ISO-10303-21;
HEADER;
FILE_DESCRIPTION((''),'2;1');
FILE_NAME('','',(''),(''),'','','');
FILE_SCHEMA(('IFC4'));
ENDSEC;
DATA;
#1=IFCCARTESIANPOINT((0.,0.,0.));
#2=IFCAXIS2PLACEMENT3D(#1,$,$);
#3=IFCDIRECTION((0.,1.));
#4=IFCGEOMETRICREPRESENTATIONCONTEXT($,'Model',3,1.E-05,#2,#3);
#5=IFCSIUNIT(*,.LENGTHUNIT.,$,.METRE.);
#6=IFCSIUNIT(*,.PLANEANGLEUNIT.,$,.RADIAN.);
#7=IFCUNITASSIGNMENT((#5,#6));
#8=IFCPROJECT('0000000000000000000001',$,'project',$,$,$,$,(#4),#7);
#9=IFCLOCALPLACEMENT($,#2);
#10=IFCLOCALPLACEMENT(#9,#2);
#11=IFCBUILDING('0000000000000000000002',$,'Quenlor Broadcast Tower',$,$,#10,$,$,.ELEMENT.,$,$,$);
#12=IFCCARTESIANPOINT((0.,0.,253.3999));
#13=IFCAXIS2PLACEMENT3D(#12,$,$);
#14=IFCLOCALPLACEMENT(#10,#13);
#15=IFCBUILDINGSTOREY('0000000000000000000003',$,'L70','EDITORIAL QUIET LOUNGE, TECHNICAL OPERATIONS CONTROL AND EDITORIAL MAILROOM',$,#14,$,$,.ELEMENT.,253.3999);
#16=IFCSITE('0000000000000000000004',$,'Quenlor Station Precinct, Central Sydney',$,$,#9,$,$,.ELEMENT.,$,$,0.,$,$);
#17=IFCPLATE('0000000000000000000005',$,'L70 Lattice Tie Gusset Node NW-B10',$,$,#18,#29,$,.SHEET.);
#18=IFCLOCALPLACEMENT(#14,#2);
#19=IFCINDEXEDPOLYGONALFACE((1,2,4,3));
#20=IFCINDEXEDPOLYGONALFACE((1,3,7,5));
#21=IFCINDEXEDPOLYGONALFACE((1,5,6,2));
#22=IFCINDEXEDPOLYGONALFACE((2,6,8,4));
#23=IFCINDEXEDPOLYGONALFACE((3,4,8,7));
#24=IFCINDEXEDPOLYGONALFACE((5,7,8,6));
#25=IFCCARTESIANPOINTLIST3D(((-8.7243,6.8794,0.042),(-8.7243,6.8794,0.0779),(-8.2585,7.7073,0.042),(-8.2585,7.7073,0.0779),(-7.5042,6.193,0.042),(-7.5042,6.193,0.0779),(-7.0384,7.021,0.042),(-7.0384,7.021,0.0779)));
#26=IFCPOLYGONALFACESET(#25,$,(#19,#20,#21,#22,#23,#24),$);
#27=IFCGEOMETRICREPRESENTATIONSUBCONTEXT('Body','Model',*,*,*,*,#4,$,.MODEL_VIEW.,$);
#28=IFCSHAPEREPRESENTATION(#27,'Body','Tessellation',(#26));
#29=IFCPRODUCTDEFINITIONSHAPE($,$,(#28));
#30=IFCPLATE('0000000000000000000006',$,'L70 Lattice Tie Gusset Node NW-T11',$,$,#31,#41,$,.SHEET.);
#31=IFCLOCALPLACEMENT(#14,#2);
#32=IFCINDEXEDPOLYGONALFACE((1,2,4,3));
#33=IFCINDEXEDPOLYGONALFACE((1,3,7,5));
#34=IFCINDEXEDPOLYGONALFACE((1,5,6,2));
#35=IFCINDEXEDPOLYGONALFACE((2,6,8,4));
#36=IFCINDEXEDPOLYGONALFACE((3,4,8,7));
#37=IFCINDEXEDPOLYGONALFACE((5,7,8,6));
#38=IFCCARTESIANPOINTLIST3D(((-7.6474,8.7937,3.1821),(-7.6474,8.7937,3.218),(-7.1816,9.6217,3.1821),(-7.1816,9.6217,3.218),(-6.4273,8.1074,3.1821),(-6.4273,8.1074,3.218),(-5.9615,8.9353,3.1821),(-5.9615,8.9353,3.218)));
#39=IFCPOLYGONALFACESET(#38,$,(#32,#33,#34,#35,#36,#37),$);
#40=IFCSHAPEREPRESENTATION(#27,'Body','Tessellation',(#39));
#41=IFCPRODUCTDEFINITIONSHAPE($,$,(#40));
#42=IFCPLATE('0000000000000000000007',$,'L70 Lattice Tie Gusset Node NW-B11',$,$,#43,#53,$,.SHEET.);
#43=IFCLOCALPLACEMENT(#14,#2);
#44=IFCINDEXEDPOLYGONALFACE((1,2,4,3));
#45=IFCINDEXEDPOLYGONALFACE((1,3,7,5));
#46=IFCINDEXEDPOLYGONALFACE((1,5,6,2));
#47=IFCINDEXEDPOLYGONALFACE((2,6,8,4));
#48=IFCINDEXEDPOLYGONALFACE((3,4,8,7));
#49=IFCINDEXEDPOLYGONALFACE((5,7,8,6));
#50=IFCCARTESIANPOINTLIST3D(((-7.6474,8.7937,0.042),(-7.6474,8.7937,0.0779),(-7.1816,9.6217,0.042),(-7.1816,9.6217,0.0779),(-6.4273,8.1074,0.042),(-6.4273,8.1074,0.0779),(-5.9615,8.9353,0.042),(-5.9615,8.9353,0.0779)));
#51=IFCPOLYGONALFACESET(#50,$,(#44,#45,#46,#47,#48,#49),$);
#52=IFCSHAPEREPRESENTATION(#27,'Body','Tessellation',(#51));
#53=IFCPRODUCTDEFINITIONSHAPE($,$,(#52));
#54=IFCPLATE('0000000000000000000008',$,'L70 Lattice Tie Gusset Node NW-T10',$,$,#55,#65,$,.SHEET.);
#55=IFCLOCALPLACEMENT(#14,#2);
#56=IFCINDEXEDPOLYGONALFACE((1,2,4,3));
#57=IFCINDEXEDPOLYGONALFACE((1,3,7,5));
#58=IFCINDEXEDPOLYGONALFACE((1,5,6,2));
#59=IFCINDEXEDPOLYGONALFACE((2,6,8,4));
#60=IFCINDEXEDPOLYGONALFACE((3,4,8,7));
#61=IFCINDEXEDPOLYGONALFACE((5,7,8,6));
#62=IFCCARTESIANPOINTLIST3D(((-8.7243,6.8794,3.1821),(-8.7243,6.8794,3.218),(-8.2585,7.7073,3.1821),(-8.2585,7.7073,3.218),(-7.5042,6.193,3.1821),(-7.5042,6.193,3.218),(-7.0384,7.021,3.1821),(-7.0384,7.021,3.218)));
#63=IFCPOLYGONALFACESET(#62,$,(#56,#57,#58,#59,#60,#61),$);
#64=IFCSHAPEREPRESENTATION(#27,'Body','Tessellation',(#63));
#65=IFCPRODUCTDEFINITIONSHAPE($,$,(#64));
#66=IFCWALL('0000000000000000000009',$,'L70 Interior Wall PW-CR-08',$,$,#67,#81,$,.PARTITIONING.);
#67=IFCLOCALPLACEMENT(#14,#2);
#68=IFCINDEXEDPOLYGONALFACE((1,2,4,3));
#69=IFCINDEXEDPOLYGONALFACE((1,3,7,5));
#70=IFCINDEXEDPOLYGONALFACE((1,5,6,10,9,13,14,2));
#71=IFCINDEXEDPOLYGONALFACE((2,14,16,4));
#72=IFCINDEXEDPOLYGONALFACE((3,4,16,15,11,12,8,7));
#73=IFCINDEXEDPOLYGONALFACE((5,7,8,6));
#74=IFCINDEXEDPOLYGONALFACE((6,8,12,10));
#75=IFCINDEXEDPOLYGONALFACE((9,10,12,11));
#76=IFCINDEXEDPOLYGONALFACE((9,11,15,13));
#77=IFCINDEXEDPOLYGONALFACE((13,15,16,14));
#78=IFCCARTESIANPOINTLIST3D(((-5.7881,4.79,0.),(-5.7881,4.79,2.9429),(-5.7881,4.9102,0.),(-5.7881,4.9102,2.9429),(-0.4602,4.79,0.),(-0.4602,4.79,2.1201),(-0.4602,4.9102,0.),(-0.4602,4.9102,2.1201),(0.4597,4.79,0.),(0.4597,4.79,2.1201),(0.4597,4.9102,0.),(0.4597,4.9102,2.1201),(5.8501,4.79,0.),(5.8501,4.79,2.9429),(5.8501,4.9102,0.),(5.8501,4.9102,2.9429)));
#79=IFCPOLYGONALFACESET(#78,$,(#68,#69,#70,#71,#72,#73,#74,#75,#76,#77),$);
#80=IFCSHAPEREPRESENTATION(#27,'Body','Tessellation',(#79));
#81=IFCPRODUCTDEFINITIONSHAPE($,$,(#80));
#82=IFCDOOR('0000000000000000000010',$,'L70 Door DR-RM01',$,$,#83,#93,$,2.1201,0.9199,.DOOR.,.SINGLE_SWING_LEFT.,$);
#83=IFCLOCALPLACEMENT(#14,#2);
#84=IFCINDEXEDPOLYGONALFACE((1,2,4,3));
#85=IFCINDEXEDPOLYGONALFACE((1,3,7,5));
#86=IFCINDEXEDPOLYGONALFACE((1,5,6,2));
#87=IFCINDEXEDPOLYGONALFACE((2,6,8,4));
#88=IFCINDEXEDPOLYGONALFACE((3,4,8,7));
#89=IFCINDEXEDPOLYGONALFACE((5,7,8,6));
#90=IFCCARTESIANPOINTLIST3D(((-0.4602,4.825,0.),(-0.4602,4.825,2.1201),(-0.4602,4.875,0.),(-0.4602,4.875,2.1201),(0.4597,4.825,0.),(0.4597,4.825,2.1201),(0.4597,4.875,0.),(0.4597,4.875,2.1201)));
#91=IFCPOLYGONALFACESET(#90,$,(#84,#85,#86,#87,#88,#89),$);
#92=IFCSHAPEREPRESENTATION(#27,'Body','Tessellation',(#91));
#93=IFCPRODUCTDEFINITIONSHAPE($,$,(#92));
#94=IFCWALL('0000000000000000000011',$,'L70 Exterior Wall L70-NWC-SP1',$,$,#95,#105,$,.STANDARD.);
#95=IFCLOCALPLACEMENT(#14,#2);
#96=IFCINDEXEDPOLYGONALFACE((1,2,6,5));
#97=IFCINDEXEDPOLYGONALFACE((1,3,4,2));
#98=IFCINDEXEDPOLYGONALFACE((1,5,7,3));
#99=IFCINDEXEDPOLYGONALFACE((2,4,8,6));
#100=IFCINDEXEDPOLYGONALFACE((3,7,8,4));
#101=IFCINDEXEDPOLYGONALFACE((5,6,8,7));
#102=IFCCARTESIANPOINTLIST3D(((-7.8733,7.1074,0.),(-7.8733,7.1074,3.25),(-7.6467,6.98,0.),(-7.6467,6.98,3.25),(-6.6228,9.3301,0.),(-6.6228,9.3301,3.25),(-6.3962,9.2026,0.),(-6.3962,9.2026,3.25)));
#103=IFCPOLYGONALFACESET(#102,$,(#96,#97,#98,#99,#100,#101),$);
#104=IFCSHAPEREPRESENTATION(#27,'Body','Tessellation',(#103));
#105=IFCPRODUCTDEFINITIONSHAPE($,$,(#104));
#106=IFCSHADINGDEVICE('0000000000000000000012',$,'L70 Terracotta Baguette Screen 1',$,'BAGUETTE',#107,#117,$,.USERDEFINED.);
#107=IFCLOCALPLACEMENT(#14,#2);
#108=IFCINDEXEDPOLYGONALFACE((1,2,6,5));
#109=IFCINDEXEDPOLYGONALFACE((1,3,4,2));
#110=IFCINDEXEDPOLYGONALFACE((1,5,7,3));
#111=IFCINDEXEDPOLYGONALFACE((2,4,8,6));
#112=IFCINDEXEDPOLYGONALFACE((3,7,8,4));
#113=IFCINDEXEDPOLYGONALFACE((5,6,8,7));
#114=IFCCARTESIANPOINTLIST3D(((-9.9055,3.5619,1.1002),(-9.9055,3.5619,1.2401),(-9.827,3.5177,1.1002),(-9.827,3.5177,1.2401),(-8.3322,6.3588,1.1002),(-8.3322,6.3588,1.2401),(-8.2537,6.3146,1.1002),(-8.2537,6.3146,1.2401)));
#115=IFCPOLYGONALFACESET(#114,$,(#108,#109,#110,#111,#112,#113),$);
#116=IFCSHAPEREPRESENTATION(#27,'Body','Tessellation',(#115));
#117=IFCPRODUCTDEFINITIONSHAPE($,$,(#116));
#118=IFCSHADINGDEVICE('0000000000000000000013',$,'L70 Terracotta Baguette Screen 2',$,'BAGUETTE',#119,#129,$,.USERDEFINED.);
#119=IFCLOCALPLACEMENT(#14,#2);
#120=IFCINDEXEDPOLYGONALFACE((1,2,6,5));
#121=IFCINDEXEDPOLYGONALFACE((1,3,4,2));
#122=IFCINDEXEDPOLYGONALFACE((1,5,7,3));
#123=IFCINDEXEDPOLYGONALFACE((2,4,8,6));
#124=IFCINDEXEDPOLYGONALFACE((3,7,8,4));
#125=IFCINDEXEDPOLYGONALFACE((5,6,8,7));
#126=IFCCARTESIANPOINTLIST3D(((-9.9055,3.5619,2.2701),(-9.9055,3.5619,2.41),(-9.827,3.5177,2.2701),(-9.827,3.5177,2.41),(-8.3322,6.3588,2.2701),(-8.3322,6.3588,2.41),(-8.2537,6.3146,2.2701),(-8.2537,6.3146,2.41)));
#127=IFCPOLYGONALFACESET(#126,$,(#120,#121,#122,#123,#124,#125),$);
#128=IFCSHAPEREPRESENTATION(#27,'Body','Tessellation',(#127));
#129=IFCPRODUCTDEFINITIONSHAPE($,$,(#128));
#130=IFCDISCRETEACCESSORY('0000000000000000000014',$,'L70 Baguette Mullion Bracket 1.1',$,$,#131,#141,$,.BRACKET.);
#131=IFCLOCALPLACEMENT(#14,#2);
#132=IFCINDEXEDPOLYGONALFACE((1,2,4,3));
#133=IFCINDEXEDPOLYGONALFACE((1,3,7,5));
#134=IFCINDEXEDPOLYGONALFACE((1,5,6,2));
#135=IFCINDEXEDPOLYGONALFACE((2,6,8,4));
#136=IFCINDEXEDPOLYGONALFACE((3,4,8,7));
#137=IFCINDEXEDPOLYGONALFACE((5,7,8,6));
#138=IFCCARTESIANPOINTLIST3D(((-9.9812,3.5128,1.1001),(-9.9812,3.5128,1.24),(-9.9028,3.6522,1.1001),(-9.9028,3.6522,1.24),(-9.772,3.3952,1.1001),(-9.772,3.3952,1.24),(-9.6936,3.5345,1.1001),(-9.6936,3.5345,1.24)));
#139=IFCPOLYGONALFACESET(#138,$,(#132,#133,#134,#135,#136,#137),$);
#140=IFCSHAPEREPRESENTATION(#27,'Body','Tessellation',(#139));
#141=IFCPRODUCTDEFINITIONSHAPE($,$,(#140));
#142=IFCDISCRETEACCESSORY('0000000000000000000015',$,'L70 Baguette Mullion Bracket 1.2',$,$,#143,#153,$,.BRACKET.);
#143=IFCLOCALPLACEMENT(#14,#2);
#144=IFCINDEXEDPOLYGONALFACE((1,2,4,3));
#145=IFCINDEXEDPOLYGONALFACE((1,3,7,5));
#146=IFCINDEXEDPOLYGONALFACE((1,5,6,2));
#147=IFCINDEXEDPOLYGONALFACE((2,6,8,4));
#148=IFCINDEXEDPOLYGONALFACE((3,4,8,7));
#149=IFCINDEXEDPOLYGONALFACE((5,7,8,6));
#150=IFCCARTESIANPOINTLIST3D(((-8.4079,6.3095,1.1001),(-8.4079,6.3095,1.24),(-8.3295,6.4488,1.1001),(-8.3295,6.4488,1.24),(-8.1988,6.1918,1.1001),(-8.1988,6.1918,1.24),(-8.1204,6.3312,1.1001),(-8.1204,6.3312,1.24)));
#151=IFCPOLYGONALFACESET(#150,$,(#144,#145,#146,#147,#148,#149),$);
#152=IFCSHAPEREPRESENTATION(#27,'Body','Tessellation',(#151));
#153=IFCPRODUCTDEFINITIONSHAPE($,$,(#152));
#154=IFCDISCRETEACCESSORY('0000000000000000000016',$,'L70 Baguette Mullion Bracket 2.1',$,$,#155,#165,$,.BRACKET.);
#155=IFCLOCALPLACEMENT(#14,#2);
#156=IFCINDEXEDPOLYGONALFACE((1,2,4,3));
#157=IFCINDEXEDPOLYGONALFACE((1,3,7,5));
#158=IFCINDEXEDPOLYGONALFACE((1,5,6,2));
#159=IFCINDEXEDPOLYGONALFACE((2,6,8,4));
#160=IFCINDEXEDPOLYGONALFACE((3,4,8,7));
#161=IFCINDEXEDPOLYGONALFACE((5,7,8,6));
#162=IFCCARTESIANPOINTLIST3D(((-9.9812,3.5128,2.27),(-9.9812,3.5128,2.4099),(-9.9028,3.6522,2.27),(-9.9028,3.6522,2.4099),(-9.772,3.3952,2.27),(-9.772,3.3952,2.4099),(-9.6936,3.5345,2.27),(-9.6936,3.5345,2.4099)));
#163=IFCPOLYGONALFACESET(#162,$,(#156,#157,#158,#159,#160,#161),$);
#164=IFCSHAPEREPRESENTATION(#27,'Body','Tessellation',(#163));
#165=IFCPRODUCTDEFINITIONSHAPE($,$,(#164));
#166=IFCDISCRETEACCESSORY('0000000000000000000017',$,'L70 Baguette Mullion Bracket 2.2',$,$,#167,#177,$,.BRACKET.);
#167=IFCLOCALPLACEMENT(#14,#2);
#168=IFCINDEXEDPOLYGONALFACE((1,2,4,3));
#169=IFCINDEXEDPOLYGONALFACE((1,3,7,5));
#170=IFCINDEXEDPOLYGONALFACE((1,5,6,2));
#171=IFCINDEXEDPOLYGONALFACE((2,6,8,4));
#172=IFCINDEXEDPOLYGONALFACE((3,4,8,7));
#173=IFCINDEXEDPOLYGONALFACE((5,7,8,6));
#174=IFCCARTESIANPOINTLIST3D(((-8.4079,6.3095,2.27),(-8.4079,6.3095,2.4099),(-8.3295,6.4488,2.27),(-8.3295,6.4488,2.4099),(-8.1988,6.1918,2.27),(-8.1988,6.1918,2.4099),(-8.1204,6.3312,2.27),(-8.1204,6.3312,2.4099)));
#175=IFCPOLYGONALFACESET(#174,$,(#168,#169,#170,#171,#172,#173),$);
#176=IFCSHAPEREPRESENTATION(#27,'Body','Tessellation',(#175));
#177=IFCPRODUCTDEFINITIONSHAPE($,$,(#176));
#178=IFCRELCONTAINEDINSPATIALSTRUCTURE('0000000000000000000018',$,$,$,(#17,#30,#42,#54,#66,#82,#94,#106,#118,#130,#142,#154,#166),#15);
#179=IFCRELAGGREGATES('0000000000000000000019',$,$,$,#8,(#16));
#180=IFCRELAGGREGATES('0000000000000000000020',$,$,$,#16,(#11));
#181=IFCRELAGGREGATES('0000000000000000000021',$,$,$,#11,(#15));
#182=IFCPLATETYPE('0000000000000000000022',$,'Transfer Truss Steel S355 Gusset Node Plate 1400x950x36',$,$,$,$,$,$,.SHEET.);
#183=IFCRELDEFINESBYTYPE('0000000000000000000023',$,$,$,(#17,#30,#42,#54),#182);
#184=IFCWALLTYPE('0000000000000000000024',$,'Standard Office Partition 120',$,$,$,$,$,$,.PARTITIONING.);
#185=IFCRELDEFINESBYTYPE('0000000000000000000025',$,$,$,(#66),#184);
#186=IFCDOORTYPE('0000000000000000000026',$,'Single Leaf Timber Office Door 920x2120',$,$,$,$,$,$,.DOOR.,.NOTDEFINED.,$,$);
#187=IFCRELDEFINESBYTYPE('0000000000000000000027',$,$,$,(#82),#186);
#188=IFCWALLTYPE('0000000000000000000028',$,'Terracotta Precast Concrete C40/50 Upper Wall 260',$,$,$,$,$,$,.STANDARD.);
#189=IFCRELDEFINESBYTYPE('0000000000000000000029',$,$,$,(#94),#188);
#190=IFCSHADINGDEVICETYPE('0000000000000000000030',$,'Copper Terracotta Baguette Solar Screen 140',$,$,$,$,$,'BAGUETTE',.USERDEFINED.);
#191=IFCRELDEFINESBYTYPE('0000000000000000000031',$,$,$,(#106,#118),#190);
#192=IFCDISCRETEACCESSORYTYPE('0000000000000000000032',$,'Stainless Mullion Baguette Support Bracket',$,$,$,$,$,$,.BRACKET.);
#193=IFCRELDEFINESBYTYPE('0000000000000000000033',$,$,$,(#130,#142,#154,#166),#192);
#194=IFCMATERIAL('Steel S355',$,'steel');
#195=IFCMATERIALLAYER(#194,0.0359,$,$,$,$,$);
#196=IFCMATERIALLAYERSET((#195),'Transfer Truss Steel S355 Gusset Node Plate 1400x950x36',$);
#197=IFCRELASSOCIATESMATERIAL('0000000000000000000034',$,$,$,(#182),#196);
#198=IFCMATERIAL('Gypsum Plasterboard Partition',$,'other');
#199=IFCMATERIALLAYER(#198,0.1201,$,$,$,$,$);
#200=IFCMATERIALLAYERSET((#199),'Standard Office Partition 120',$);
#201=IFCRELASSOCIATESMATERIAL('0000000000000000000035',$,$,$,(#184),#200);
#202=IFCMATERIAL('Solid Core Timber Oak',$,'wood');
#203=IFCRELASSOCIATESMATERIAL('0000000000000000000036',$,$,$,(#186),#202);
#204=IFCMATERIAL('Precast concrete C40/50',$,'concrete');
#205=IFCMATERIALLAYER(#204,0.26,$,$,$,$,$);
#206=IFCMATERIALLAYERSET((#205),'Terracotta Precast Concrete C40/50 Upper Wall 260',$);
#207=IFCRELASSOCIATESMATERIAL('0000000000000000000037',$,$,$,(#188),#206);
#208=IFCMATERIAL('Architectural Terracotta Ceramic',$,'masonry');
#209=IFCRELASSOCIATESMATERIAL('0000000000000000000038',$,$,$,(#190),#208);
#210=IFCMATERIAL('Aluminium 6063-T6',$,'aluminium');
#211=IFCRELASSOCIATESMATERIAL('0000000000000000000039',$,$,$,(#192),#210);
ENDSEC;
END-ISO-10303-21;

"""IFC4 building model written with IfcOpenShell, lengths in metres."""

from ifc_helpers import new_model, si_unit, direction, frame, frame_2d, origin, origin_2d, place, context, subcontext, project, spatial, rectangle, extrude, material, layer, layer_set, material_profile, profile_set, type_object, element, fill, save


model = new_model("IFC4")

# Units and contexts
model_context = context("Model", 3, precision=1e-05, world=origin(), true_north=direction((0.0, 1.0)))
body_context = subcontext(model_context, "Body", "Model", "MODEL_VIEW")
ifc_project = project(units=[si_unit("LENGTHUNIT", "METRE"), si_unit("PLANEANGLEUNIT", "RADIAN")], contexts=[model_context])

# Site, building, storey
site_placement = place(None, origin())
site = spatial("IfcSite", under=ifc_project, at=site_placement, Name="Quenlor Station Precinct, Central Sydney", CompositionType="ELEMENT", RefElevation=0.0)
building_placement = place(site_placement, origin())
building = spatial("IfcBuilding", under=site, at=building_placement, Name="Quenlor Broadcast Tower", CompositionType="ELEMENT")
storey_placement = place(building_placement, frame((0.0, 0.0, 253.3999)))
storey = spatial("IfcBuildingStorey", under=building, at=storey_placement, Name="L70", Description="EDITORIAL QUIET LOUNGE, TECHNICAL OPERATIONS CONTROL AND EDITORIAL MAILROOM", CompositionType="ELEMENT", Elevation=253.3999)

# Plates
ifc_material_1 = material(Name="Steel S355", Category="steel")
ifc_layer_1 = layer(ifc_material_1, 0.0359)
ifc_layer_set_1 = layer_set([ifc_layer_1], Name="Transfer Truss Steel S355 Gusset Node Plate 1400x950x36")
plate_type_1 = type_object("IfcPlateType", Name="Transfer Truss Steel S355 Gusset Node Plate 1400x950x36", PredefinedType="SHEET", material=ifc_layer_set_1)
for number, where, z_axis, x_axis, name in (
    (1, (-7.8813, 6.9502, 0.042), (0.0, 0.0, 1.0), (-0.871556, 0.490295, 0.0), "L70 Lattice Tie Gusset Node NW-B10"),
    (2, (-6.8044, 8.8645, 3.1821), (0.0, 0.0, 1.0), (-0.871556, 0.490295, 0.0), "L70 Lattice Tie Gusset Node NW-T11"),
    (3, (-6.8044, 8.8645, 0.042), (0.0, 0.0, 1.0), (-0.871556, 0.490295, 0.0), "L70 Lattice Tie Gusset Node NW-B11"),
    (4, (-7.8813, 6.9502, 3.1821), (0.0, 0.0, 1.0), (-0.871556, 0.490295, 0.0), "L70 Lattice Tie Gusset Node NW-T10"),
):
    element("IfcPlate", number, at=place(storey_placement, frame(where, z_axis=z_axis, x_axis=x_axis)), inside=storey, type_object=plate_type_1, Name=name, PredefinedType="SHEET", context=body_context, shape_type="SweptSolid", body=[
        extrude(rectangle(XDim=1.3999, YDim=0.95, at=origin_2d()), origin(), (0.0, 0.0, 1.0), 0.0359),
    ])

# Wall, opening, door
ifc_material_2 = material(Name="Gypsum Plasterboard Partition", Category="other")
ifc_layer_2 = layer(ifc_material_2, 0.1201)
ifc_layer_set_2 = layer_set([ifc_layer_2], Name="Standard Office Partition 120")
wall_type_1 = type_object("IfcWallType", Name="Standard Office Partition 120", PredefinedType="PARTITIONING", material=ifc_layer_set_2)
wall_1_placement = place(storey_placement, frame((-5.7881, 4.8501, 0.0), z_axis=(0.0, 0.0, 1.0), x_axis=(1.0, 0.0, 0.0)))
wall_1 = element("IfcWall", 5, at=wall_1_placement, inside=storey, type_object=wall_type_1, Name="L70 Interior Wall PW-CR-08", PredefinedType="PARTITIONING", context=body_context, shape_type="SweptSolid", body=[
    extrude(rectangle(XDim=11.6382, YDim=0.1201, at=frame_2d((5.8191, 0.0))), origin(), (0.0, 0.0, 1.0), 2.9429),
])
opening_placement = place(wall_1_placement, frame((5.3279, 0.0, 0.0)))
opening = element("IfcOpeningElement", 6, at=opening_placement, cuts=wall_1, PredefinedType="OPENING", context=body_context, shape_type="SweptSolid", body=[
    extrude(rectangle(XDim=0.9199, YDim=2.1201, at=frame_2d((0.46, 1.0601))), frame((0.0, 0.0701, 0.0), z_axis=(0.0, -1.0, 0.0), x_axis=(1.0, 0.0, 0.0)), (0.0, 0.0, 1.0), 0.1401),
])
ifc_material_3 = material(Name="Solid Core Timber Oak", Category="wood")
door_type = type_object("IfcDoorType", Name="Single Leaf Timber Office Door 920x2120", OperationType="NOTDEFINED", PredefinedType="DOOR", material=ifc_material_3)
door_placement = place(opening_placement, origin())
door = element("IfcDoor", 7, at=door_placement, inside=storey, type_object=door_type, Name="L70 Door DR-RM01", OperationType="SINGLE_SWING_LEFT", OverallHeight=2.1201, OverallWidth=0.9199, PredefinedType="DOOR", context=body_context, shape_type="SweptSolid", body=[
    extrude(rectangle(XDim=0.9199, YDim=2.1201, at=frame_2d((0.46, 1.0601))), frame((0.0, 0.0249, 0.0), z_axis=(0.0, -1.0, 0.0), x_axis=(1.0, 0.0, 0.0)), (0.0, 0.0, 1.0), 0.05),
])
fill(opening, door)

# Wall
ifc_material_4 = material(Name="Precast concrete C40/50", Category="concrete")
ifc_layer_3 = layer(ifc_material_4, 0.26)
ifc_layer_set_3 = layer_set([ifc_layer_3], Name="Terracotta Precast Concrete C40/50 Upper Wall 260")
wall_type_2 = type_object("IfcWallType", Name="Terracotta Precast Concrete C40/50 Upper Wall 260", PredefinedType="STANDARD", material=ifc_layer_set_3)
wall_2_placement = place(storey_placement, frame((-7.76, 7.0437, 0.0), z_axis=(0.0, 0.0, 1.0), x_axis=(0.490334, 0.871535, 0.0)))
element("IfcWall", 8, at=wall_2_placement, inside=storey, type_object=wall_type_2, Name="L70 Exterior Wall L70-NWC-SP1", PredefinedType="STANDARD", context=body_context, shape_type="SweptSolid", body=[
    extrude(rectangle(XDim=2.5503, YDim=0.26, at=frame_2d((1.2751, 0.0))), origin(), (0.0, 0.0, 1.0), 3.25),
])

# Shading devices
ifc_material_5 = material(Name="Architectural Terracotta Ceramic", Category="masonry")
ifc_material_profile_1 = material_profile(ifc_material_5, rectangle(XDim=0.0901, YDim=0.1399, at=origin_2d()))
ifc_profile_set_1 = profile_set([ifc_material_profile_1], Name="Architectural Terracotta Ceramic BAG90x140")
shading_device_type = type_object("IfcShadingDeviceType", Name="Copper Terracotta Baguette Solar Screen 140", ElementType="BAGUETTE", PredefinedType="USERDEFINED", material=ifc_profile_set_1)
for number, where, z_axis, x_axis, name in (
    (9, (-9.8662, 3.5398, 1.1702), (0.490261, 0.871576, 0.0), (-0.871576, 0.490261, 0.0), "L70 Terracotta Baguette Screen 1"),
    (10, (-9.8662, 3.5398, 2.3401), (0.490261, 0.871576, 0.0), (-0.871576, 0.490261, 0.0), "L70 Terracotta Baguette Screen 2"),
):
    element("IfcShadingDevice", number, at=place(storey_placement, frame(where, z_axis=z_axis, x_axis=x_axis)), inside=storey, type_object=shading_device_type, Name=name, ObjectType="BAGUETTE", PredefinedType="USERDEFINED", context=body_context, shape_type="SweptSolid", body=[
        extrude(rectangle(XDim=0.0901, YDim=0.1399, at=origin_2d()), origin(), (0.0, 0.0, 1.0), 3.209),
    ])

# Discrete accessories
ifc_material_6 = material(Name="Aluminium 6063-T6", Category="aluminium")
discrete_accessory_type = type_object("IfcDiscreteAccessoryType", Name="Stainless Mullion Baguette Support Bracket", PredefinedType="BRACKET", material=ifc_material_6)
for number, where, z_axis, x_axis, name in (
    (11, (-9.8374, 3.5237, 1.1001), (0.0, 0.0, 1.0), (0.490262, 0.871575, 0.0), "L70 Baguette Mullion Bracket 1.1"),
    (12, (-8.2642, 6.3203, 1.1001), (0.0, 0.0, 1.0), (0.490262, 0.871575, 0.0), "L70 Baguette Mullion Bracket 1.2"),
    (13, (-9.8374, 3.5237, 2.27), (0.0, 0.0, 1.0), (0.490262, 0.871575, 0.0), "L70 Baguette Mullion Bracket 2.1"),
    (14, (-8.2642, 6.3203, 2.27), (0.0, 0.0, 1.0), (0.490262, 0.871575, 0.0), "L70 Baguette Mullion Bracket 2.2"),
):
    element("IfcDiscreteAccessory", number, at=place(storey_placement, frame(where, z_axis=z_axis, x_axis=x_axis)), inside=storey, type_object=discrete_accessory_type, Name=name, PredefinedType="BRACKET", context=body_context, shape_type="SweptSolid", body=[
        extrude(rectangle(XDim=0.1599, YDim=0.24, at=origin_2d()), origin(), (0.0, 0.0, 1.0), 0.1399),
    ])

save(model, "model.ifc")
